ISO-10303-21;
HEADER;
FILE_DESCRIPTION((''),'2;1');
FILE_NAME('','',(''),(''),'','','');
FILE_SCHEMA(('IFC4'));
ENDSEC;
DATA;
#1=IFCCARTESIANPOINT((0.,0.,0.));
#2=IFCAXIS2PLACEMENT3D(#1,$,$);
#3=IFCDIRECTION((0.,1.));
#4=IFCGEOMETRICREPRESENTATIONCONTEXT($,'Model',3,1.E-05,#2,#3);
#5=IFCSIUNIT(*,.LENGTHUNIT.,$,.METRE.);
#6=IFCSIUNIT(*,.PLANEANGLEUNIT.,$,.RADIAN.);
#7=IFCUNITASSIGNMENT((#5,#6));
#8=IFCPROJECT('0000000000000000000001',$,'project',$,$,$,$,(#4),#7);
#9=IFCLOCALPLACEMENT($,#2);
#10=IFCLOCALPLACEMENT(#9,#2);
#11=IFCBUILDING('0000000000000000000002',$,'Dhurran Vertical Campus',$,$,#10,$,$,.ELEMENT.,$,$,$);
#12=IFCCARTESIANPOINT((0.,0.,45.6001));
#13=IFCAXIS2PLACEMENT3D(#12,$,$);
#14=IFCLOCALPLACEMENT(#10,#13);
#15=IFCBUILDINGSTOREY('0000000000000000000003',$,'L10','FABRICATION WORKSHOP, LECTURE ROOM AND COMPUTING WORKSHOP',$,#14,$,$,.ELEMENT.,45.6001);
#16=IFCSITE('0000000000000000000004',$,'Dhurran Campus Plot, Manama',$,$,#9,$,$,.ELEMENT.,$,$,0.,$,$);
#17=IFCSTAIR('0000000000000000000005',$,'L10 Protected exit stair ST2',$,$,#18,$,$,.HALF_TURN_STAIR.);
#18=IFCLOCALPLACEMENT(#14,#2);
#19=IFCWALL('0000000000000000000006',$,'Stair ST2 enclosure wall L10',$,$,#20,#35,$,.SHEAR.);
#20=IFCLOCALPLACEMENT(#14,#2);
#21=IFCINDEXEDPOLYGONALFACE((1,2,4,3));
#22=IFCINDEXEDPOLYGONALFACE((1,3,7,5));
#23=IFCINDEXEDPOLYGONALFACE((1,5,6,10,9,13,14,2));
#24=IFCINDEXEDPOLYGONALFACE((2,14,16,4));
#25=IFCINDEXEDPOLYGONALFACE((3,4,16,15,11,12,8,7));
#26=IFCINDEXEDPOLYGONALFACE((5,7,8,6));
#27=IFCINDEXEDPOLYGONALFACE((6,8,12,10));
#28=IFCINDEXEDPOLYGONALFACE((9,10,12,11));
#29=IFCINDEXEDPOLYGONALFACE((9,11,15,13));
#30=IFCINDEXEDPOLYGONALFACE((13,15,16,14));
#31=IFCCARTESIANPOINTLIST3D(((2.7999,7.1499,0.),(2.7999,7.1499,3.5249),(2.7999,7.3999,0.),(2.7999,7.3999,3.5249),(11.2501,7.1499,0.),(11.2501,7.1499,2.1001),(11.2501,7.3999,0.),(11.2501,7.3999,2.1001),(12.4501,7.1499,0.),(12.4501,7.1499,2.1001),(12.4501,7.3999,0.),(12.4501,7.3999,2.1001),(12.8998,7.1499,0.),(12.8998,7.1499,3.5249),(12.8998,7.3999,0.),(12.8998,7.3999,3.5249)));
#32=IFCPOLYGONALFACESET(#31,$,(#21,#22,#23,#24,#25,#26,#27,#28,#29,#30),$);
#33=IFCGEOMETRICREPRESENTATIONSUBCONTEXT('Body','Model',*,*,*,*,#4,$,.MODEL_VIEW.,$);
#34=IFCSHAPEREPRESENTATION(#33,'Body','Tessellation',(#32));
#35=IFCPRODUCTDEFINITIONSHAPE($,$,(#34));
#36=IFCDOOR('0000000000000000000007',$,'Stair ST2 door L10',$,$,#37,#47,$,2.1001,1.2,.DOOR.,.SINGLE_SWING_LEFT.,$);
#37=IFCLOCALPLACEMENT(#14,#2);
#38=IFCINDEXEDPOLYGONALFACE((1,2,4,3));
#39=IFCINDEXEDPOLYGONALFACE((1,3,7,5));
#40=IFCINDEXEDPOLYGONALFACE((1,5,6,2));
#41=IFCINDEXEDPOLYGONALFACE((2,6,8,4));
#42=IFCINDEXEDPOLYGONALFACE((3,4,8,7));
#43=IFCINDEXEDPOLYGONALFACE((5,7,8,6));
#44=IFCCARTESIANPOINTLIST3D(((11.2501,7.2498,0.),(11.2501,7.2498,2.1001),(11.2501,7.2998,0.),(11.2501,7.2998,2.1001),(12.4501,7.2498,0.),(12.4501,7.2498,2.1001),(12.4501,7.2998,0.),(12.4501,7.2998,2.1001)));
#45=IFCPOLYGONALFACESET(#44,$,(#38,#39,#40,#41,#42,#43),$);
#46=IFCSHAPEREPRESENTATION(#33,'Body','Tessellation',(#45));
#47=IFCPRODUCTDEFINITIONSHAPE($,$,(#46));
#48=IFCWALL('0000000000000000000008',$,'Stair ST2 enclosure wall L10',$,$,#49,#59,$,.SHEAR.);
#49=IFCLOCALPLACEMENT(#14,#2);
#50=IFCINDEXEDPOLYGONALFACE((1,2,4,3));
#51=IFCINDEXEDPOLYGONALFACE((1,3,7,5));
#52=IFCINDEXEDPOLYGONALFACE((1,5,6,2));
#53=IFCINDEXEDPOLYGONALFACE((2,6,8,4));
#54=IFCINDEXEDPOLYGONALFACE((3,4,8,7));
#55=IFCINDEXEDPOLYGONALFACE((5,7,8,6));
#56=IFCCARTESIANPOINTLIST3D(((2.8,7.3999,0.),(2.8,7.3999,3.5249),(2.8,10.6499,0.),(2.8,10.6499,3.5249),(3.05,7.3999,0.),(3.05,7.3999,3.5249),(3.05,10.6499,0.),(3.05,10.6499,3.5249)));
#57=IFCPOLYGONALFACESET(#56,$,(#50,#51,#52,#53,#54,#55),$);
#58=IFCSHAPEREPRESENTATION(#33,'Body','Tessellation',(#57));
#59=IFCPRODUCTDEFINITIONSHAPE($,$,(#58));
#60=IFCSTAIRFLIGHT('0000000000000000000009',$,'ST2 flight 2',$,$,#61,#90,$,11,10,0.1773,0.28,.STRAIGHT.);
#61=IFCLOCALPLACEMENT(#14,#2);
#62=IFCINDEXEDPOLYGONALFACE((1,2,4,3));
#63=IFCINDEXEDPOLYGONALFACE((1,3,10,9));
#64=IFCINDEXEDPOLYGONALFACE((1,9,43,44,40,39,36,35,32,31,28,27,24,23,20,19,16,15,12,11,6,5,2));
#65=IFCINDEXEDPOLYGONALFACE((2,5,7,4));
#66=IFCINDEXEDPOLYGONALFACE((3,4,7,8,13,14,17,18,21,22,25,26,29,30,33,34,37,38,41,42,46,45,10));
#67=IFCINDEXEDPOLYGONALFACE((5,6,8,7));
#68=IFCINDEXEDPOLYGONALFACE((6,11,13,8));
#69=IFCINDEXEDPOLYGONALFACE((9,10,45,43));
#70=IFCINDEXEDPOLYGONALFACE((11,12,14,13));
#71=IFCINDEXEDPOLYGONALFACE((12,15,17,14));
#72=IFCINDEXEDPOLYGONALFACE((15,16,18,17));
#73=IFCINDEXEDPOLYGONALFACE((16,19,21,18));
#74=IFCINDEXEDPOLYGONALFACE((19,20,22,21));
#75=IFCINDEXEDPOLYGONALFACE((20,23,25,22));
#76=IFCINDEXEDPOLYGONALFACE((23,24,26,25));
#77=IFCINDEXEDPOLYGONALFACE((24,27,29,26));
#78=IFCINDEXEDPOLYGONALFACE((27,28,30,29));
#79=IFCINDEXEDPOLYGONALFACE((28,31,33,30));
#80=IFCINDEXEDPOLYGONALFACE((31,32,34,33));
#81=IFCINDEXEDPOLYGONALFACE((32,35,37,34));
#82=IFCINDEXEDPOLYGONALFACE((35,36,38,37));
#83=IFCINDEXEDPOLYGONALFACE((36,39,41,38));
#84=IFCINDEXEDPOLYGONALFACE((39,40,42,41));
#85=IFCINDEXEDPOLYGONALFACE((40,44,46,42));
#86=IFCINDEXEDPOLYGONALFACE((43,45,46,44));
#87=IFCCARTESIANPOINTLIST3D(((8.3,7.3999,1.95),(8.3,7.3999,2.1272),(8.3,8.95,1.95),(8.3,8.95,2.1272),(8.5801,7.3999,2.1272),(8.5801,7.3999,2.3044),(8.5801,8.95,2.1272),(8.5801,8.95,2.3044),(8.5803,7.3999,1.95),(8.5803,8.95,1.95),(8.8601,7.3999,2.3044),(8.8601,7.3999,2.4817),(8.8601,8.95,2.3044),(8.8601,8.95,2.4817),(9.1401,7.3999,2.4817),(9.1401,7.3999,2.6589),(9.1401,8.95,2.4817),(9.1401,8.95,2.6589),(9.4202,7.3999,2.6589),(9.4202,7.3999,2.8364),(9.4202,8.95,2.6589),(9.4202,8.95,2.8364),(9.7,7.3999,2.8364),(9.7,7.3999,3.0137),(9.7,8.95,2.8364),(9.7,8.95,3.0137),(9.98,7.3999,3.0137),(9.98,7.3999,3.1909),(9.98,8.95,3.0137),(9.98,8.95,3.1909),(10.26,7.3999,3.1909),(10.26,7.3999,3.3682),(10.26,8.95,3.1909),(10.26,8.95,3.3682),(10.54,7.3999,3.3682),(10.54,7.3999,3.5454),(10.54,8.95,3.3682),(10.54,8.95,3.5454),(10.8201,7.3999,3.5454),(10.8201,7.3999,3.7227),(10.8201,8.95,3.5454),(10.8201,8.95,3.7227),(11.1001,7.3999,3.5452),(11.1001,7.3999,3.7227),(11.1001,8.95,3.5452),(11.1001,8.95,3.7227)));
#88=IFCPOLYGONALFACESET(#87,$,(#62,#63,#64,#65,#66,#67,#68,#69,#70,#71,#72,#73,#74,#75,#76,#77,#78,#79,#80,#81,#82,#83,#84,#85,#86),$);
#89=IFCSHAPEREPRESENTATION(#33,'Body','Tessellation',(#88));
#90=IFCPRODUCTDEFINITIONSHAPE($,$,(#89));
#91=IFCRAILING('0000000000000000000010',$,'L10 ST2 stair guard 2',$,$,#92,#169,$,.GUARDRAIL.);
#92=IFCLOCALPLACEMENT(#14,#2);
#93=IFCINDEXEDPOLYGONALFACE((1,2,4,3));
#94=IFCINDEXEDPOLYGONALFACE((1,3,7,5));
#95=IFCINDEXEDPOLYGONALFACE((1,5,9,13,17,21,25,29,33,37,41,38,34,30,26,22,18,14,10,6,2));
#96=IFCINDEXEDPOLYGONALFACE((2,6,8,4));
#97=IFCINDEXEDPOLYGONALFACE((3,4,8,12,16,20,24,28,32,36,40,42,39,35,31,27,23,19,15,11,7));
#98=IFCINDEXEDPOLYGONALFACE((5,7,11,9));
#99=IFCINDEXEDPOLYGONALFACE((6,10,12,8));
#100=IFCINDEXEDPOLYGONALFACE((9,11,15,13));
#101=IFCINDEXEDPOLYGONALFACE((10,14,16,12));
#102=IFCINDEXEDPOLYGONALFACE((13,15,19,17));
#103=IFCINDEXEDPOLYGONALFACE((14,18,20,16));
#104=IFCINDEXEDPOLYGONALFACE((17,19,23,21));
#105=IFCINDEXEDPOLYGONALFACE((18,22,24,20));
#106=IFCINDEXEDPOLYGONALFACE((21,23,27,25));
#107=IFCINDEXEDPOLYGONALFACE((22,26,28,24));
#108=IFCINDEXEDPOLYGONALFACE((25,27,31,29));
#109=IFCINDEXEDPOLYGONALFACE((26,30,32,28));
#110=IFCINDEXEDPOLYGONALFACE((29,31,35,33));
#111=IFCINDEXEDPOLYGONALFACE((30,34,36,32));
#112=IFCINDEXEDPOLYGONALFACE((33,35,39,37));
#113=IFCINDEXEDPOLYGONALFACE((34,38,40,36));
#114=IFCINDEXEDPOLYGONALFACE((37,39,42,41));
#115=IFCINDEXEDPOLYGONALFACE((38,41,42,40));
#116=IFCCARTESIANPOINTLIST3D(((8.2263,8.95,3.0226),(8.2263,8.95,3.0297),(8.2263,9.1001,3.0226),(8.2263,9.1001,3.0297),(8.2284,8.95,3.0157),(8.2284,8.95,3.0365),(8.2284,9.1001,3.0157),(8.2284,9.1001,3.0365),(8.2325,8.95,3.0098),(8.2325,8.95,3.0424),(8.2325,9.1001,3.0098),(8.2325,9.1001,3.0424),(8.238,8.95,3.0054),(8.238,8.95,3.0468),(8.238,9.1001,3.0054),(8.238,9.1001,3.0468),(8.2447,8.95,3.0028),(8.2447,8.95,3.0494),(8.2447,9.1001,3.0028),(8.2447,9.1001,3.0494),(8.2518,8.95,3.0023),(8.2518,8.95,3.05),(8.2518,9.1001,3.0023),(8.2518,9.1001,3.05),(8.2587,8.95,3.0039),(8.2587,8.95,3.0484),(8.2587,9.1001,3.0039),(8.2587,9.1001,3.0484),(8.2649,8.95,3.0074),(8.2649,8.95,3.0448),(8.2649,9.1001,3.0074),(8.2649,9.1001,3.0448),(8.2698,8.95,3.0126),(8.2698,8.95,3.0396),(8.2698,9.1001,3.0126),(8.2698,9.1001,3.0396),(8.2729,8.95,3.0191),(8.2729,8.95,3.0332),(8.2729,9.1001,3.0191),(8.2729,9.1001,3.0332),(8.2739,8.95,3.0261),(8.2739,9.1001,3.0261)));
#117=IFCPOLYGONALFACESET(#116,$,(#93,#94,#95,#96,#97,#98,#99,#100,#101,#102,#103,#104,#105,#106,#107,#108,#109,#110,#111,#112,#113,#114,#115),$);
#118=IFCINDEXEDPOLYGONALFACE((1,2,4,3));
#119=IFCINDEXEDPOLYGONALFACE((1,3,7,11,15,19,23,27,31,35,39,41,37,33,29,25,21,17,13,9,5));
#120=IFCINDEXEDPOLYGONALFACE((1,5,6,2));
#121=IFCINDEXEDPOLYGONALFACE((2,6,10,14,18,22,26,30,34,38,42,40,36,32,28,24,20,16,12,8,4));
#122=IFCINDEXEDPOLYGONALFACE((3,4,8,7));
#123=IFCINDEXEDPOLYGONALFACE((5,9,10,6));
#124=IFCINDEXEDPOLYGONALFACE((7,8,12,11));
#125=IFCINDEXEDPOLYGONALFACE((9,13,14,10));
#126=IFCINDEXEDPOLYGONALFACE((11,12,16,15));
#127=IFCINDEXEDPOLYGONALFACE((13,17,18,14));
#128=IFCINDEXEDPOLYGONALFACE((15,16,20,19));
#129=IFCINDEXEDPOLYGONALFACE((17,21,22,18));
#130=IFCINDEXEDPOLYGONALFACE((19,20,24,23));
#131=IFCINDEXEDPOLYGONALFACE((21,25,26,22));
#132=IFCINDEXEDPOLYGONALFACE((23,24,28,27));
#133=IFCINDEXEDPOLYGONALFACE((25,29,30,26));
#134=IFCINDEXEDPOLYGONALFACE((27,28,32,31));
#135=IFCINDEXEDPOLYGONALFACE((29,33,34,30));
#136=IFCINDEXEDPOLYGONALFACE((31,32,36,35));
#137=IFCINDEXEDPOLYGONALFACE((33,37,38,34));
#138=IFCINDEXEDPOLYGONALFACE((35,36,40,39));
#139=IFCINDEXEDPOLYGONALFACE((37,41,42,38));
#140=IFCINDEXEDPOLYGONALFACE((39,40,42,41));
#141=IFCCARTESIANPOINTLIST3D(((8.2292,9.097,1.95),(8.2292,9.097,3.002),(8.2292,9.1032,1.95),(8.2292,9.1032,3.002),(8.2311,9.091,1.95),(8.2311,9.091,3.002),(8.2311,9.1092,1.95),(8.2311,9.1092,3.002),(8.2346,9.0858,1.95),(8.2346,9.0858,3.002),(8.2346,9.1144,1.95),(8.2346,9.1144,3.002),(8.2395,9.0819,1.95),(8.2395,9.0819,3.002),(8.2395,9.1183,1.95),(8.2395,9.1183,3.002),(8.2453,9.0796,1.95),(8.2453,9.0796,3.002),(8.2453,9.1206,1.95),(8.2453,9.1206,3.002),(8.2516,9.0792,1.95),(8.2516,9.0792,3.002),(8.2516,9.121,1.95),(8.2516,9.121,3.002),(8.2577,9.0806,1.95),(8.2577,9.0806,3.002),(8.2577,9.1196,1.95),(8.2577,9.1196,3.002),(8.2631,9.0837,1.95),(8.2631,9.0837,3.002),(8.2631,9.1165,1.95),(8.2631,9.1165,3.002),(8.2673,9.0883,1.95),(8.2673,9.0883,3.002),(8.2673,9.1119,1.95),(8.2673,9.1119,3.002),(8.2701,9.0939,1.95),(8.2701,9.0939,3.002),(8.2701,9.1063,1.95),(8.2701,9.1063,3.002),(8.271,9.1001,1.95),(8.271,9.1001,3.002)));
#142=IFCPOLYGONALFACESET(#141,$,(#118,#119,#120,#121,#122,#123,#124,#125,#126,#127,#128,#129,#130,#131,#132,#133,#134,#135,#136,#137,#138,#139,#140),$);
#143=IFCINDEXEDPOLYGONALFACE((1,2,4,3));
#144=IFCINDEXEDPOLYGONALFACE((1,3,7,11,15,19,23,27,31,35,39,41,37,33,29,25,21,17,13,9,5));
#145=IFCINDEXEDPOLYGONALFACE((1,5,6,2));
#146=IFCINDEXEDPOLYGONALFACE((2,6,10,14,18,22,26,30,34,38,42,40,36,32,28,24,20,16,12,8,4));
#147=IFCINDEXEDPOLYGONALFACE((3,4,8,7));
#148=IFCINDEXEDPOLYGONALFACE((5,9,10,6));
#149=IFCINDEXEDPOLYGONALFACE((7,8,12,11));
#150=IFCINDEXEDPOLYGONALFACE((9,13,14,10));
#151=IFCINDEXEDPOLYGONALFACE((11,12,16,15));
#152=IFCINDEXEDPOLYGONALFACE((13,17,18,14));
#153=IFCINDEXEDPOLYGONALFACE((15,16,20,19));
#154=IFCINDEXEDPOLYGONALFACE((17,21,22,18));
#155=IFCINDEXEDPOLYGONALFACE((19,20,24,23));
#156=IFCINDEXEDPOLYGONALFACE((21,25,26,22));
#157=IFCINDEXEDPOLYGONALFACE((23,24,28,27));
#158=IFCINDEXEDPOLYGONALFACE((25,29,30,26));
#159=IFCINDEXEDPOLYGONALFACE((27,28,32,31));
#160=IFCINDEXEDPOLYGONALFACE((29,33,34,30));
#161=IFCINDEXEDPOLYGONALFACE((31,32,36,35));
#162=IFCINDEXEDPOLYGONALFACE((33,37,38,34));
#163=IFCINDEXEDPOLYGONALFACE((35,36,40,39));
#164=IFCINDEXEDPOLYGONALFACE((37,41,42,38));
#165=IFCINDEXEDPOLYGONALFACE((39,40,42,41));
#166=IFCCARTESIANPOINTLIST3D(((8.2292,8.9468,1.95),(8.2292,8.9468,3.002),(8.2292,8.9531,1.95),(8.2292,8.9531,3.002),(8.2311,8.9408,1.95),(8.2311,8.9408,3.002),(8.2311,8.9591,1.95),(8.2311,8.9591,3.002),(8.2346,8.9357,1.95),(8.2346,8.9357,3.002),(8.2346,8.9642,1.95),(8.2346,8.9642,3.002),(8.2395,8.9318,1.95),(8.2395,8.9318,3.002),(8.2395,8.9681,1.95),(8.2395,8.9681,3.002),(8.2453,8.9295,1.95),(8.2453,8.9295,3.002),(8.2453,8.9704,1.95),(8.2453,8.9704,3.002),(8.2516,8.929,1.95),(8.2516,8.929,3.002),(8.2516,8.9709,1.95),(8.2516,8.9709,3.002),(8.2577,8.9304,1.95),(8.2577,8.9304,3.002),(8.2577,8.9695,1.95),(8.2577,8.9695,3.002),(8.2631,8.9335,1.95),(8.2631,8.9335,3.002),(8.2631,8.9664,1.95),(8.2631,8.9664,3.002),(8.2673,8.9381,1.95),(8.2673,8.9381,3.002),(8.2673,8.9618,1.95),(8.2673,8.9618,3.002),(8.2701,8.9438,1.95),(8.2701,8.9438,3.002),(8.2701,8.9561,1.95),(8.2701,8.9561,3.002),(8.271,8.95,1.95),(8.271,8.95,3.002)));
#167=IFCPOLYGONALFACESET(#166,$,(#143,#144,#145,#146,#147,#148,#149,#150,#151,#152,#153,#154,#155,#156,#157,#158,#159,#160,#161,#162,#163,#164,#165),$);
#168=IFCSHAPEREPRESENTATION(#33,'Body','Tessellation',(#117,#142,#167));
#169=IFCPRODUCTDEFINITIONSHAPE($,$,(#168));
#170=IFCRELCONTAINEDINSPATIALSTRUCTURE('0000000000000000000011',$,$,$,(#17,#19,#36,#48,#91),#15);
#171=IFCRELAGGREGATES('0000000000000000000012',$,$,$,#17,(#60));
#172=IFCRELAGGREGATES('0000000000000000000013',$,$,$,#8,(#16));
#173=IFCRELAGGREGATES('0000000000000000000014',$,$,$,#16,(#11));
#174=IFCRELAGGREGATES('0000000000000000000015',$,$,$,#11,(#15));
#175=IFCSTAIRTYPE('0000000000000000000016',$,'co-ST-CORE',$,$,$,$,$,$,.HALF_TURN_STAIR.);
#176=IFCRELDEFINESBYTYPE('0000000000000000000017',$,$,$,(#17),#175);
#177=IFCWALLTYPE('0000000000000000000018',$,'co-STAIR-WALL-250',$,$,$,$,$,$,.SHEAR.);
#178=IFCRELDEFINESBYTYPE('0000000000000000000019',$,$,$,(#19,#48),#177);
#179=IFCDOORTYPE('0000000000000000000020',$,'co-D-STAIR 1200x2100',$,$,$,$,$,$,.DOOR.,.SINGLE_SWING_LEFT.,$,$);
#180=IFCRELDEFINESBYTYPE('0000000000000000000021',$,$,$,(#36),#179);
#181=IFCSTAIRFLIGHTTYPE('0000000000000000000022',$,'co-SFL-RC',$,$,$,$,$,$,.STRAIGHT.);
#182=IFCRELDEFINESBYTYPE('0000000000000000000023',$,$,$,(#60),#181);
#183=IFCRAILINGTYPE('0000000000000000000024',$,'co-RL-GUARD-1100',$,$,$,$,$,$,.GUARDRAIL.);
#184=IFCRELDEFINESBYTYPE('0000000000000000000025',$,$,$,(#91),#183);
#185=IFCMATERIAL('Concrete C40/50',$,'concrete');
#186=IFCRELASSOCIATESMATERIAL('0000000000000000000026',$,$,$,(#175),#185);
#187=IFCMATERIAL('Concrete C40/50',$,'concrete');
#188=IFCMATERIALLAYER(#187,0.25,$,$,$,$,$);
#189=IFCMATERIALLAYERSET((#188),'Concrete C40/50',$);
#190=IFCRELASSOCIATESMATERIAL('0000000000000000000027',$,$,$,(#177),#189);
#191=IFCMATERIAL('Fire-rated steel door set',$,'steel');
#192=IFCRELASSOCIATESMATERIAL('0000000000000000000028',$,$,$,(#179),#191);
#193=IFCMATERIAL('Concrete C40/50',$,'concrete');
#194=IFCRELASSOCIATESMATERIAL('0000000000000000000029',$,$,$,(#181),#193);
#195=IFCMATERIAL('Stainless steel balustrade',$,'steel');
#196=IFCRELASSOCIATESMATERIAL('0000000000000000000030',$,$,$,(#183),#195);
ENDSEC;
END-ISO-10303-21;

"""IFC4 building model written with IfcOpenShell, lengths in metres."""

from ifc_helpers import new_model, si_unit, direction, frame, frame_2d, origin, origin_2d, place, context, subcontext, project, spatial, polyline, rectangle, circle, outline, extrude, material, layer, layer_set, type_object, element, fill, aggregate, save


model = new_model("IFC4")

# Units and contexts
model_context = context("Model", 3, precision=1e-05, world=origin(), true_north=direction((0.0, 1.0)))
body_context = subcontext(model_context, "Body", "Model", "MODEL_VIEW")
ifc_project = project(units=[si_unit("LENGTHUNIT", "METRE"), si_unit("PLANEANGLEUNIT", "RADIAN")], contexts=[model_context])

# Site, building, storey
site_placement = place(None, origin())
site = spatial("IfcSite", under=ifc_project, at=site_placement, Name="Dhurran Campus Plot, Manama", CompositionType="ELEMENT", RefElevation=0.0)
building_placement = place(site_placement, origin())
building = spatial("IfcBuilding", under=site, at=building_placement, Name="Dhurran Vertical Campus", CompositionType="ELEMENT")
storey_placement = place(building_placement, frame((0.0, 0.0, 45.6001)))
storey = spatial("IfcBuildingStorey", under=building, at=storey_placement, Name="L10", Description="FABRICATION WORKSHOP, LECTURE ROOM AND COMPUTING WORKSHOP", CompositionType="ELEMENT", Elevation=45.6001)

# Stair
ifc_material_1 = material(Name="Concrete C40/50", Category="concrete")
stair_type = type_object("IfcStairType", Name="co-ST-CORE", PredefinedType="HALF_TURN_STAIR", material=ifc_material_1)
stair_1_placement = place(storey_placement, origin())
stair_1 = element("IfcStair", 1, at=stair_1_placement, inside=storey, type_object=stair_type, Name="L10 Protected exit stair ST2", PredefinedType="HALF_TURN_STAIR")

# Wall, opening, door
ifc_material_2 = material(Name="Concrete C40/50", Category="concrete")
ifc_layer_1 = layer(ifc_material_2, 0.25)
ifc_layer_set_1 = layer_set([ifc_layer_1], Name="Concrete C40/50")
wall_type_1 = type_object("IfcWallType", Name="co-STAIR-WALL-250", PredefinedType="SHEAR", material=ifc_layer_set_1)
wall_1_placement = place(storey_placement, frame((2.8, 7.2749, 0.0), z_axis=(0.0, 0.0, 1.0), x_axis=(1.0, 0.0, 0.0)))
wall_1 = element("IfcWall", 2, at=wall_1_placement, inside=storey, type_object=wall_type_1, Name="Stair ST2 enclosure wall L10", PredefinedType="SHEAR", context=body_context, shape_type="SweptSolid", body=[
    extrude(rectangle(XDim=10.0999, YDim=0.25, at=frame_2d((5.0498, 0.0))), origin(), (0.0, 0.0, 1.0), 3.5249),
])
opening_1_placement = place(wall_1_placement, frame((8.45, 0.0, 0.0)))
opening_1 = element("IfcOpeningElement", 3, at=opening_1_placement, cuts=wall_1, PredefinedType="OPENING", context=body_context, shape_type="SweptSolid", body=[
    extrude(rectangle(XDim=1.2, YDim=2.1001, at=frame_2d((0.6001, 1.05))), frame((0.0, 0.135, 0.0), z_axis=(0.0, -1.0, 0.0), x_axis=(1.0, 0.0, 0.0)), (0.0, 0.0, 1.0), 0.27),
])
ifc_material_3 = material(Name="Fire-rated steel door set", Category="steel")
door_type_1 = type_object("IfcDoorType", Name="co-D-STAIR 1200x2100", OperationType="SINGLE_SWING_LEFT", PredefinedType="DOOR", material=ifc_material_3)
door_1_placement = place(opening_1_placement, origin())
door_1 = element("IfcDoor", 4, at=door_1_placement, inside=storey, type_object=door_type_1, Name="Stair ST2 door L10", OperationType="SINGLE_SWING_LEFT", OverallHeight=2.1001, OverallWidth=1.2, PredefinedType="DOOR", context=body_context, shape_type="SweptSolid", body=[
    extrude(rectangle(XDim=1.2, YDim=2.1001, at=frame_2d((0.6001, 1.05))), frame((0.0, 0.0249, 0.0), z_axis=(0.0, -1.0, 0.0), x_axis=(1.0, 0.0, 0.0)), (0.0, 0.0, 1.0), 0.05),
])
fill(opening_1, door_1)

# Wall
wall_2_placement = place(storey_placement, frame((2.925, 7.3999, 0.0), z_axis=(0.0, 0.0, 1.0), x_axis=(0.0, 1.0, 0.0)))
element("IfcWall", 5, at=wall_2_placement, inside=storey, type_object=wall_type_1, Name="Stair ST2 enclosure wall L10", PredefinedType="SHEAR", context=body_context, shape_type="SweptSolid", body=[
    extrude(rectangle(XDim=3.25, YDim=0.25, at=frame_2d((1.625, 0.0))), origin(), (0.0, 0.0, 1.0), 3.5249),
])

# Stair flight
ifc_material_4 = material(Name="Concrete C40/50", Category="concrete")
stair_flight_type = type_object("IfcStairFlightType", Name="co-SFL-RC", PredefinedType="STRAIGHT", material=ifc_material_4)
stair_flight_placement = place(storey_placement, frame((8.3, 8.175, 1.95), z_axis=(0.0, 0.0, 1.0), x_axis=(1.0, 0.0, 0.0)))
stair_flight = element("IfcStairFlight", 6, at=stair_flight_placement, type_object=stair_flight_type, Name="ST2 flight 2", NumberOfRisers=11, NumberOfTreads=10, PredefinedType="STRAIGHT", RiserHeight=0.1773, TreadLength=0.28, context=body_context, shape_type="SweptSolid", body=[
    extrude(outline(polyline([(0.0, 0.0), (0.0, 0.1772), (0.28, 0.1772), (0.28, 0.3545), (0.5601, 0.3545), (0.5601, 0.5317), (0.8401, 0.5317), (0.8401, 0.709), (1.1201, 0.709), (1.1201, 0.8865), (1.3999, 0.8865), (1.3999, 1.0637), (1.6799, 1.0637), (1.6799, 1.241), (1.96, 1.241), (1.96, 1.4182), (2.24, 1.4182), (2.24, 1.5955), (2.52, 1.5955), (2.52, 1.7727), (2.8, 1.7727), (2.8, 1.95), (2.8, 1.5952), (0.2803, 0.0), (0.0, 0.0)])), frame((0.0, 0.7749, 0.0), z_axis=(0.0, -1.0, 0.0), x_axis=(1.0, 0.0, 0.0)), (0.0, 0.0, 1.0), 1.55),
])
aggregate(stair_1, [stair_flight])

# Railing
ifc_material_5 = material(Name="Stainless steel balustrade", Category="steel")
railing_type_1 = type_object("IfcRailingType", Name="co-RL-GUARD-1100", PredefinedType="GUARDRAIL", material=ifc_material_5)
railing_1_placement = place(storey_placement, frame((8.25, 9.1001, 1.95)))
element("IfcRailing", 7, at=railing_1_placement, inside=storey, type_object=railing_type_1, Name="L10 ST2 stair guard 2", PredefinedType="GUARDRAIL", context=body_context, shape_type="SweptSolid", body=[
    extrude(circle(Radius=0.0239, at=origin_2d()), frame((0.0, 0.0, 1.0762), z_axis=(0.0, -1.0, 0.0), x_axis=(1.0, 0.0, 0.0)), (0.0, 0.0, 1.0), 0.1501),
    extrude(circle(Radius=0.021, at=origin_2d()), origin(), (0.0, 0.0, 1.0), 1.052),
    extrude(circle(Radius=0.021, at=origin_2d()), frame((0.0, -0.1501, 0.0)), (0.0, 0.0, 1.0), 1.052),
])

save(model, "model.ifc")
